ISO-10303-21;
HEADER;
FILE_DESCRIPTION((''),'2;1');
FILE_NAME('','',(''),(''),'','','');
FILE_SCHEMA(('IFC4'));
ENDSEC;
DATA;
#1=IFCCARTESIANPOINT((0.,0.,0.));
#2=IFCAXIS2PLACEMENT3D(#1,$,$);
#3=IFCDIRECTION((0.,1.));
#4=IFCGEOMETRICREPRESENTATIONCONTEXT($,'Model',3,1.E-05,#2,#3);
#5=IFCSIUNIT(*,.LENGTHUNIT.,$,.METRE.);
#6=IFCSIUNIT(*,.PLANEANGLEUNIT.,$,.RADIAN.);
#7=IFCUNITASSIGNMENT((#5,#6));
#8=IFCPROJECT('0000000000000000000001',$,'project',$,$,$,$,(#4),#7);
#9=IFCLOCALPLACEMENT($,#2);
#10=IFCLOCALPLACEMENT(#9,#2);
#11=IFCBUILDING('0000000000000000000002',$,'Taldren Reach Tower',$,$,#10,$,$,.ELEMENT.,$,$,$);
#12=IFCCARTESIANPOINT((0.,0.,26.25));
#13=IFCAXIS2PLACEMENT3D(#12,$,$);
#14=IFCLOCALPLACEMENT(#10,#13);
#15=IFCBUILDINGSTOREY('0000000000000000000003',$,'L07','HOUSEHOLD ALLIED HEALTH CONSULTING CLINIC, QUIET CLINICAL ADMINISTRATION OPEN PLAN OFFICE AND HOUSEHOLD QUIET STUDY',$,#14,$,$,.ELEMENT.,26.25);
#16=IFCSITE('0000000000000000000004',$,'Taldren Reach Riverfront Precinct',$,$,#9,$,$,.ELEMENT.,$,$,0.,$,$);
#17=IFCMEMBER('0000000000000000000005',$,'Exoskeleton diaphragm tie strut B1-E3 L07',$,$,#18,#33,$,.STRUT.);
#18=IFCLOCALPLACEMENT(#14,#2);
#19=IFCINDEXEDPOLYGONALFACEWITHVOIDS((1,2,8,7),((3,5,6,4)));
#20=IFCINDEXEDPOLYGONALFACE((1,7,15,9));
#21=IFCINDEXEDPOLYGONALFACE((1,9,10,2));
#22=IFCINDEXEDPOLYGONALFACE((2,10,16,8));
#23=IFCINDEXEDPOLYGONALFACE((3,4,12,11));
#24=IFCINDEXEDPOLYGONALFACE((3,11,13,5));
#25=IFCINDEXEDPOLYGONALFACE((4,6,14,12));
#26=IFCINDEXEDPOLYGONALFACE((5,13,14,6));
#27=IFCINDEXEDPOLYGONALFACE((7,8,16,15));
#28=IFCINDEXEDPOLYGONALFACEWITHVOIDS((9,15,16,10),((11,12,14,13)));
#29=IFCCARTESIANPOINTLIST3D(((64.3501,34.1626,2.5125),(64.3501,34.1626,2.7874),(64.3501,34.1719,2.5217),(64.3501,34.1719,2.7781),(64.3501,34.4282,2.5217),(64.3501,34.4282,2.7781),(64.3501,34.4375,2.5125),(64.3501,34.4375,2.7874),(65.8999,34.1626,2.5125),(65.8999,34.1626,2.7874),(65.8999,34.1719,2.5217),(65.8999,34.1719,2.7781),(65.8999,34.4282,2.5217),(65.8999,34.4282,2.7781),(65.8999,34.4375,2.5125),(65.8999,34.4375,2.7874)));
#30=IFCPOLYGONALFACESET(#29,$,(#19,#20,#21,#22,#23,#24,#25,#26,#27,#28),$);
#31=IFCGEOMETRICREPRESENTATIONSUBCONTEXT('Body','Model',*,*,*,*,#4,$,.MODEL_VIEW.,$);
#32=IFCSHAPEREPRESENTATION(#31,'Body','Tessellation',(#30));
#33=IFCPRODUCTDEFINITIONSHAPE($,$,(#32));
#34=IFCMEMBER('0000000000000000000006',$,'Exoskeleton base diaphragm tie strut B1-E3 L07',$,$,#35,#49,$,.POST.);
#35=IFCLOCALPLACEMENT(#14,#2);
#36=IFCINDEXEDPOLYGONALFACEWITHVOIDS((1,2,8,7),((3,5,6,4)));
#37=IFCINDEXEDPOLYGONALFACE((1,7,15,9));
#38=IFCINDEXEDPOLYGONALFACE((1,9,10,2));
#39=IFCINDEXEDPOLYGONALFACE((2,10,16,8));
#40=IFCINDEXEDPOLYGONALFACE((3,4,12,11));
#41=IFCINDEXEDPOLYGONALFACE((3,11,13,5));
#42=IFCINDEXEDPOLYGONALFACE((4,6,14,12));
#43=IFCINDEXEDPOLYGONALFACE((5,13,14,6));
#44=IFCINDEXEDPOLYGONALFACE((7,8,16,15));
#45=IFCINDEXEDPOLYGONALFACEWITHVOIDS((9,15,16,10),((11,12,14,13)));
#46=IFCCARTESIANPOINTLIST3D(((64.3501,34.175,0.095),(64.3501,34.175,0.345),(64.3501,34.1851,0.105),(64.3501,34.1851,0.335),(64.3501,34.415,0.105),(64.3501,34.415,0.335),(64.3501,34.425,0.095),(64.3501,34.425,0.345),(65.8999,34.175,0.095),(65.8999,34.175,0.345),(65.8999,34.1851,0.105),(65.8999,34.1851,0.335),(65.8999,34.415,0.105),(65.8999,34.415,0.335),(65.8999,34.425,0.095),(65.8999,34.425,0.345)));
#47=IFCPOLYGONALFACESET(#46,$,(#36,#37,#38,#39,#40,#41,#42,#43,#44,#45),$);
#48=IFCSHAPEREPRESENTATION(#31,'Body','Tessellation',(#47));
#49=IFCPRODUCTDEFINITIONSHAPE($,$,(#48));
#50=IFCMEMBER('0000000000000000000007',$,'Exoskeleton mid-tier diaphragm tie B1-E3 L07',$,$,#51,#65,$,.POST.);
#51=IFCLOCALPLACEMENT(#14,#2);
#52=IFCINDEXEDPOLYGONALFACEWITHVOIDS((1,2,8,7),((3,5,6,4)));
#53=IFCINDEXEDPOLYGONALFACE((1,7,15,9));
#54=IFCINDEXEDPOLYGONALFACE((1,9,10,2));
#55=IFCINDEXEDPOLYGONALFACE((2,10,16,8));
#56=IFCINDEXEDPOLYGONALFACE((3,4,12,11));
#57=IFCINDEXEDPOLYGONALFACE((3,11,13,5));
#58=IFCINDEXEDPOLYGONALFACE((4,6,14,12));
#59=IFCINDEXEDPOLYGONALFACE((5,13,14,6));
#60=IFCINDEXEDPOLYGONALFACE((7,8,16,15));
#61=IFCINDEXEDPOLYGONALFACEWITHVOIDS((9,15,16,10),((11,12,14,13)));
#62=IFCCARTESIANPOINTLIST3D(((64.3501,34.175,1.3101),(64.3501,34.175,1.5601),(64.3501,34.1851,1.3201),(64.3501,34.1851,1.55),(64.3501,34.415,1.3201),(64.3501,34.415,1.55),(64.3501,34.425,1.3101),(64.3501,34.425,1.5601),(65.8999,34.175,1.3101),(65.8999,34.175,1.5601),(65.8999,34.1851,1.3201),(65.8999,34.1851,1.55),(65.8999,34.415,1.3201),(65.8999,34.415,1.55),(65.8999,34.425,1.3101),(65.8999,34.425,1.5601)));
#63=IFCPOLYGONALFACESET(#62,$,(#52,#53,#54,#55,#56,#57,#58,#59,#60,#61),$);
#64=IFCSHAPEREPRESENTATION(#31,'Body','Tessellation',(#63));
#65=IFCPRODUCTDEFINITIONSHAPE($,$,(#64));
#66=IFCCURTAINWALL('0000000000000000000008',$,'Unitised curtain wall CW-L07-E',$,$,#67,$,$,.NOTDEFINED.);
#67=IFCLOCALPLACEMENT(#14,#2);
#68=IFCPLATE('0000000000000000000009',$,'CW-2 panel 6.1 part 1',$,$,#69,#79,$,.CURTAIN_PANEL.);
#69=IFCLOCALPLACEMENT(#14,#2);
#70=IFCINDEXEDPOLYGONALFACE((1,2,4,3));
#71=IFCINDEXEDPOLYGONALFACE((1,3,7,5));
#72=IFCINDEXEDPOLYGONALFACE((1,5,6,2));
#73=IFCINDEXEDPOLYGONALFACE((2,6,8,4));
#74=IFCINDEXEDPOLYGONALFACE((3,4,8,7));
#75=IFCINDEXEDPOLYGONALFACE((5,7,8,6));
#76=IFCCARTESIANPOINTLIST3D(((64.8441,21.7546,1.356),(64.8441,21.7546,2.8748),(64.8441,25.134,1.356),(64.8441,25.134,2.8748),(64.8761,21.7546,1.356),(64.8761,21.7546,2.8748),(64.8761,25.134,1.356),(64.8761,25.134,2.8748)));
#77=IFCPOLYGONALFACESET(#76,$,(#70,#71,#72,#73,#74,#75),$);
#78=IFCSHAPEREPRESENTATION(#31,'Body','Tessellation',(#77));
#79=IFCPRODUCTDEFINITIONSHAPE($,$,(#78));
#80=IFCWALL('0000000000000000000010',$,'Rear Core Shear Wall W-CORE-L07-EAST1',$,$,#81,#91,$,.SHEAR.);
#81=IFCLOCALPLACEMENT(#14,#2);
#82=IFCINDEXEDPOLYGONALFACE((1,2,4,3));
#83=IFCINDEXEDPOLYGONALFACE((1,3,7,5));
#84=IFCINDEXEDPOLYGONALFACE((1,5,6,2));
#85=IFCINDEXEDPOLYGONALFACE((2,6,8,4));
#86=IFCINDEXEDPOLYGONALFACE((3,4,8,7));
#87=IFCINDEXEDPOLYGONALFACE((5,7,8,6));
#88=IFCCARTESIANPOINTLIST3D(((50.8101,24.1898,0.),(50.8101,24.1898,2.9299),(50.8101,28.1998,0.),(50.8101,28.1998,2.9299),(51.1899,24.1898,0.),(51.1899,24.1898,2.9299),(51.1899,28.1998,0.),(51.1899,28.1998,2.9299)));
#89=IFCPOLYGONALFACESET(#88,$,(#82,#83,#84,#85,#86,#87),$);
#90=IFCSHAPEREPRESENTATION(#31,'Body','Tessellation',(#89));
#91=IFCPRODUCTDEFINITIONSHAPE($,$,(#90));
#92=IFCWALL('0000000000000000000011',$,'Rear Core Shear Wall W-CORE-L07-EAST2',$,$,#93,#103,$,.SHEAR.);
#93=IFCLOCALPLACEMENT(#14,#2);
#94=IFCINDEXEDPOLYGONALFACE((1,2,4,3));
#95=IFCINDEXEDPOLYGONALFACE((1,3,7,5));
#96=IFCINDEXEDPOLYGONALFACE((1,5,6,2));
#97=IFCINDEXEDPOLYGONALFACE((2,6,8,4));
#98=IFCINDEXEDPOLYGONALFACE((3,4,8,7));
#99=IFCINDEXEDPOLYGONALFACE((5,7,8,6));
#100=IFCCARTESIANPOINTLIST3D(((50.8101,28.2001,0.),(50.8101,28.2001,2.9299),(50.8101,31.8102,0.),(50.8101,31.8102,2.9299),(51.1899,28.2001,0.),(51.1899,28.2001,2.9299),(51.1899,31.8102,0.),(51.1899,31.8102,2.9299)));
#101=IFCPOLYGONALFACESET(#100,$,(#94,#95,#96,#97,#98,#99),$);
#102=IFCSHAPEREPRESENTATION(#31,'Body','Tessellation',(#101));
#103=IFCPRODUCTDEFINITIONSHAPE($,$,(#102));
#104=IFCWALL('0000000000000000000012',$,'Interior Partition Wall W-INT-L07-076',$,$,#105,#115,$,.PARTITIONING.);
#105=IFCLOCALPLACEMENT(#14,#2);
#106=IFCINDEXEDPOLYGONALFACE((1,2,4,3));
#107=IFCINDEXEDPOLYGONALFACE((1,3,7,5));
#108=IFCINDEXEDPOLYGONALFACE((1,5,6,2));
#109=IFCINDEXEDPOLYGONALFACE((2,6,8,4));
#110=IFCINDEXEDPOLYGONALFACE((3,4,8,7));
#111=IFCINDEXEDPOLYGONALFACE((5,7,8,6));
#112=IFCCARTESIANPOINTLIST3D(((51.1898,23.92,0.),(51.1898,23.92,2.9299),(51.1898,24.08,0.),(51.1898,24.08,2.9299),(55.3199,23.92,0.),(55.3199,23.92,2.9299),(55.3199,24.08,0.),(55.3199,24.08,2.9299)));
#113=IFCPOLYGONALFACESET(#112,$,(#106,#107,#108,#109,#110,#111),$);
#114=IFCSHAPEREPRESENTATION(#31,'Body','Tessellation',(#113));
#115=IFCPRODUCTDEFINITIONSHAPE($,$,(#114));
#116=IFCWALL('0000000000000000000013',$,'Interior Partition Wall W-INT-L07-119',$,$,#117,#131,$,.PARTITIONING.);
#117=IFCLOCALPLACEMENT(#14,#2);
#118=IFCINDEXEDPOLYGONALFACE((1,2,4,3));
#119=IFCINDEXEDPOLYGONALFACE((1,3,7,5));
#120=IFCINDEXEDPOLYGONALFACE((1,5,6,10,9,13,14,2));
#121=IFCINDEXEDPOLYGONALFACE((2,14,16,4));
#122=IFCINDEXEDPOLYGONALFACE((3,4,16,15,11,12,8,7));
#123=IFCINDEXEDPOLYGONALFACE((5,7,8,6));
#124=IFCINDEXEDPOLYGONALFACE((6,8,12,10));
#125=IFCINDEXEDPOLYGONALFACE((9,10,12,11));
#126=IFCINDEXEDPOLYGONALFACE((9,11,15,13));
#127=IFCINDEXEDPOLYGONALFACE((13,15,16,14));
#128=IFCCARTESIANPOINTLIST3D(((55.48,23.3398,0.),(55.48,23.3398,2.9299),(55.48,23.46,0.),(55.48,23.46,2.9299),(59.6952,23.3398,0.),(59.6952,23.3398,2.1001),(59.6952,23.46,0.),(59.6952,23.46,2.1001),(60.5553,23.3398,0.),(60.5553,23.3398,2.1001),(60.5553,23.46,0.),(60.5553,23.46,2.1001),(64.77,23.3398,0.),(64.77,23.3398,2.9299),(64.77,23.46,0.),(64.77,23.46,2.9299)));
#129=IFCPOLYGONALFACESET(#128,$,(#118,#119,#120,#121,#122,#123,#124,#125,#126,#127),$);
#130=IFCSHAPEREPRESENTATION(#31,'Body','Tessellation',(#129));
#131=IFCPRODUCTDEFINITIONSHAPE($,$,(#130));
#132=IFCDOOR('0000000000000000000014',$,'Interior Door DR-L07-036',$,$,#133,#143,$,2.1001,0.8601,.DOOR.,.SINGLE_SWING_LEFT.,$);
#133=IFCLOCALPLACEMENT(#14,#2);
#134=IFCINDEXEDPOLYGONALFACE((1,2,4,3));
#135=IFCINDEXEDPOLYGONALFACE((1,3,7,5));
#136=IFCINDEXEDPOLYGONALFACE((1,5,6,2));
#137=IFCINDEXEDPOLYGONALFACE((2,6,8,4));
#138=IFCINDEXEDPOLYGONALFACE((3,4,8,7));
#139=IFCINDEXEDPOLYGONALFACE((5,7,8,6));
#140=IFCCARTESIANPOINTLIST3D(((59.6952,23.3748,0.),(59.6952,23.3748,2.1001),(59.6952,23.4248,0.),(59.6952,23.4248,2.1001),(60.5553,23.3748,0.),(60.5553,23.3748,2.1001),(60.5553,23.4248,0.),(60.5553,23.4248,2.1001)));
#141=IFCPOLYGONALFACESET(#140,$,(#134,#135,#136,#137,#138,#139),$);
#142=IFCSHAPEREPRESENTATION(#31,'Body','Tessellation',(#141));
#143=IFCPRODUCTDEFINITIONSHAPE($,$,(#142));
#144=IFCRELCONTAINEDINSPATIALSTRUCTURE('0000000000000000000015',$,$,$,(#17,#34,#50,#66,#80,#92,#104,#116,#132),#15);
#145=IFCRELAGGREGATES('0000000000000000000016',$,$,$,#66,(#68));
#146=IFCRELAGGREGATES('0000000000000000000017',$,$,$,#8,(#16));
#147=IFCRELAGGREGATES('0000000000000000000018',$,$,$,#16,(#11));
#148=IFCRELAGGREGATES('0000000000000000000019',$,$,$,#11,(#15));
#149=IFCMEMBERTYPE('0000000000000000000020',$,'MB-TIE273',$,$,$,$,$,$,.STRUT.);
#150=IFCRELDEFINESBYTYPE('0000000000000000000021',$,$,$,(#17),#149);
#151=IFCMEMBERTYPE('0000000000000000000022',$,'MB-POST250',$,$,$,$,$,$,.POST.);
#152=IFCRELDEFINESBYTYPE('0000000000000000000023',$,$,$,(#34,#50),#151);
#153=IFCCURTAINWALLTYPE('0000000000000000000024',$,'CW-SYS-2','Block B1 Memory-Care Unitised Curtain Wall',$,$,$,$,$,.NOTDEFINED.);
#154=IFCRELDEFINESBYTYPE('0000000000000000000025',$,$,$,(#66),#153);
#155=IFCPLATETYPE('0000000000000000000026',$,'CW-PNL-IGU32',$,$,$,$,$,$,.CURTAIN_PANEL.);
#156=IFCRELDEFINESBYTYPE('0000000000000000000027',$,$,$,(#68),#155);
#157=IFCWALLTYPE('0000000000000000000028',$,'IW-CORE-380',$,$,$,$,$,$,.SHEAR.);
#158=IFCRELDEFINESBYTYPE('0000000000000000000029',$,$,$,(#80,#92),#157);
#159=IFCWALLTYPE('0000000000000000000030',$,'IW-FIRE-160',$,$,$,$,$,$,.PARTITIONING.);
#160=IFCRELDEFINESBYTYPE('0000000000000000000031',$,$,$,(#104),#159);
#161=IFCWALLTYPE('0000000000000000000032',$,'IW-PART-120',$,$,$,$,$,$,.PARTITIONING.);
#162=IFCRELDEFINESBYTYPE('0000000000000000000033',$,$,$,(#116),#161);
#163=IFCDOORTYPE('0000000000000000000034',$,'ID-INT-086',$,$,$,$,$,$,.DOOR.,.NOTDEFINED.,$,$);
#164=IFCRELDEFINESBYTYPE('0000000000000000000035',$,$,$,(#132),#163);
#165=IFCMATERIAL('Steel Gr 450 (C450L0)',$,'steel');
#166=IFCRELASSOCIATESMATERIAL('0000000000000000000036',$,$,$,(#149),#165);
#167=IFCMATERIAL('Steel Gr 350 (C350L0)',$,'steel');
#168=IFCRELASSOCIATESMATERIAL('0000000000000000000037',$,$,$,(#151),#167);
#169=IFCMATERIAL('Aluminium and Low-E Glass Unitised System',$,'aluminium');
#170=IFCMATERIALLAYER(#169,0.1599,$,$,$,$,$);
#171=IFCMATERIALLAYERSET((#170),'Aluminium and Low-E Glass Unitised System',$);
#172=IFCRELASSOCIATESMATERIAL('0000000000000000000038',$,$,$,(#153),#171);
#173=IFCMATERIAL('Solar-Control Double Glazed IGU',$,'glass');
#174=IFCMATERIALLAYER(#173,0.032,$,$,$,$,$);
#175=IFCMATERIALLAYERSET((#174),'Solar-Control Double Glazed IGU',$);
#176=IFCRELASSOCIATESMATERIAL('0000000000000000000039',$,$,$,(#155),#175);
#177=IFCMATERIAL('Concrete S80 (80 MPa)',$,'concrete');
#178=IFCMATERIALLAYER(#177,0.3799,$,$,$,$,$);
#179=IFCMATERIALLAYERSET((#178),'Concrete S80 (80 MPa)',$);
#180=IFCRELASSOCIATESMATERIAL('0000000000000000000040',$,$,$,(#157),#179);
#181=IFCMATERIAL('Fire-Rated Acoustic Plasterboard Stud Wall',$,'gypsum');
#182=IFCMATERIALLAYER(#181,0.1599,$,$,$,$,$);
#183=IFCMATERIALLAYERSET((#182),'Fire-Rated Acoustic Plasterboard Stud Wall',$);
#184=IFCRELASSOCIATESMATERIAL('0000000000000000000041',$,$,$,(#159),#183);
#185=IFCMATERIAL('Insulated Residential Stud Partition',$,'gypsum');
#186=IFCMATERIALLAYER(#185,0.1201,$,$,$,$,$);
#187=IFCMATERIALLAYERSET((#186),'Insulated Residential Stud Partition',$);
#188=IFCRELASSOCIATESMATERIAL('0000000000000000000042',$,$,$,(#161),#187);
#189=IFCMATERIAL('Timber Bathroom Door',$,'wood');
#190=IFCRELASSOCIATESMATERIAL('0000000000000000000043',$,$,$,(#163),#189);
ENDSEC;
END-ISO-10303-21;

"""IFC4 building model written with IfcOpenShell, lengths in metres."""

from ifc_helpers import new_model, si_unit, direction, frame, frame_2d, origin, origin_2d, place, context, subcontext, project, spatial, rectangle, hollow_rectangle, extrude, source, transform, mapped, material, layer, layer_set, material_profile, profile_set, type_object, element, fill, aggregate, save


model = new_model("IFC4")

# Units and contexts
model_context = context("Model", 3, precision=1e-05, world=origin(), true_north=direction((0.0, 1.0)))
body_context = subcontext(model_context, "Body", "Model", "MODEL_VIEW")
ifc_project = project(units=[si_unit("LENGTHUNIT", "METRE"), si_unit("PLANEANGLEUNIT", "RADIAN")], contexts=[model_context])

# Site, building, storey
site_placement = place(None, origin())
site = spatial("IfcSite", under=ifc_project, at=site_placement, Name="Taldren Reach Riverfront Precinct", CompositionType="ELEMENT", RefElevation=0.0)
building_placement = place(site_placement, origin())
building = spatial("IfcBuilding", under=site, at=building_placement, Name="Taldren Reach Tower", CompositionType="ELEMENT")
storey_placement = place(building_placement, frame((0.0, 0.0, 26.25)))
storey = spatial("IfcBuildingStorey", under=building, at=storey_placement, Name="L07", Description="HOUSEHOLD ALLIED HEALTH CONSULTING CLINIC, QUIET CLINICAL ADMINISTRATION OPEN PLAN OFFICE AND HOUSEHOLD QUIET STUDY", CompositionType="ELEMENT", Elevation=26.25)

# Members
ifc_material_1 = material(Name="Steel Gr 450 (C450L0)", Category="steel")
ifc_material_profile_1 = material_profile(ifc_material_1, hollow_rectangle(XDim=0.2749, YDim=0.2749, WallThickness=0.0093, at=origin_2d()), Name="275x275x9.3SHS")
ifc_profile_set_1 = profile_set([ifc_material_profile_1], Name="Steel Gr 450 (C450L0)")
member_type_1 = type_object("IfcMemberType", Name="MB-TIE273", PredefinedType="STRUT", material=ifc_profile_set_1)
shared_shape_1 = source(origin(), body_context, "Body", "SweptSolid", [
    extrude(hollow_rectangle(XDim=0.2749, YDim=0.2749, WallThickness=0.0093, at=origin_2d()), origin(), (0.0, 0.0, 1.0), 1.5498),
])
member_placement = place(storey_placement, frame((64.3501, 34.3, 2.6499), z_axis=(1.0, 0.0, 0.0), x_axis=(0.0, 1.0, 0.0)))
element("IfcMember", 1, at=member_placement, inside=storey, type_object=member_type_1, Name="Exoskeleton diaphragm tie strut B1-E3 L07", PredefinedType="STRUT", context=body_context, shape_type="MappedRepresentation", body=[
    mapped(shared_shape_1, transform((0.0, 0.0, 0.0), scale=1.0)),
])
ifc_material_2 = material(Name="Steel Gr 350 (C350L0)", Category="steel")
ifc_material_profile_2 = material_profile(ifc_material_2, hollow_rectangle(XDim=0.25, YDim=0.25, WallThickness=0.01, at=origin_2d()), Name="250x250x10.0SHS")
ifc_profile_set_2 = profile_set([ifc_material_profile_2], Name="Steel Gr 350 (C350L0)")
member_type_2 = type_object("IfcMemberType", Name="MB-POST250", PredefinedType="POST", material=ifc_profile_set_2)
shared_shape_2 = source(origin(), body_context, "Body", "SweptSolid", [
    extrude(hollow_rectangle(XDim=0.25, YDim=0.25, WallThickness=0.01, at=origin_2d()), origin(), (0.0, 0.0, 1.0), 1.5498),
])
for number, where, z_axis, x_axis, name in (
    (2, (64.3501, 34.3, 0.22), (1.0, 0.0, 0.0), (0.0, 1.0, 0.0), "Exoskeleton base diaphragm tie strut B1-E3 L07"),
    (3, (64.3501, 34.3, 1.4351), (1.0, 0.0, 0.0), (0.0, 1.0, 0.0), "Exoskeleton mid-tier diaphragm tie B1-E3 L07"),
):
    element("IfcMember", number, at=place(storey_placement, frame(where, z_axis=z_axis, x_axis=x_axis)), inside=storey, type_object=member_type_2, Name=name, PredefinedType="POST", context=body_context, shape_type="MappedRepresentation", body=[
        mapped(shared_shape_2, transform((0.0, 0.0, 0.0), scale=1.0)),
    ])

# Curtain wall, plate
ifc_material_3 = material(Name="Aluminium and Low-E Glass Unitised System", Category="aluminium")
ifc_layer_1 = layer(ifc_material_3, 0.1599)
ifc_layer_set_1 = layer_set([ifc_layer_1], Name="Aluminium and Low-E Glass Unitised System")
curtain_wall_type = type_object("IfcCurtainWallType", Name="CW-SYS-2", Description="Block B1 Memory-Care Unitised Curtain Wall", PredefinedType="NOTDEFINED", material=ifc_layer_set_1)
curtain_wall_placement = place(storey_placement, origin())
curtain_wall = element("IfcCurtainWall", 4, at=curtain_wall_placement, inside=storey, type_object=curtain_wall_type, Name="Unitised curtain wall CW-L07-E", PredefinedType="NOTDEFINED")
ifc_material_4 = material(Name="Solar-Control Double Glazed IGU", Category="glass")
ifc_layer_2 = layer(ifc_material_4, 0.032)
ifc_layer_set_2 = layer_set([ifc_layer_2], Name="Solar-Control Double Glazed IGU")
plate_type = type_object("IfcPlateType", Name="CW-PNL-IGU32", PredefinedType="CURTAIN_PANEL", material=ifc_layer_set_2)
shared_shape_3 = source(origin(), body_context, "Body", "SweptSolid", [
    extrude(rectangle(XDim=3.3794, YDim=0.032, at=origin_2d()), origin(), (0.0, 0.0, 1.0), 1.5188),
])
plate_placement = place(storey_placement, frame((64.8601, 23.4443, 1.356), z_axis=(0.0, 0.0, 1.0), x_axis=(0.0, 1.0, 0.0)))
plate = element("IfcPlate", 5, at=plate_placement, type_object=plate_type, Name="CW-2 panel 6.1 part 1", PredefinedType="CURTAIN_PANEL", context=body_context, shape_type="MappedRepresentation", body=[
    mapped(shared_shape_3, transform((0.0, 0.0, 0.0), scale=1.0)),
])
aggregate(curtain_wall, [plate])

# Walls
ifc_material_5 = material(Name="Concrete S80 (80 MPa)", Category="concrete")
ifc_layer_3 = layer(ifc_material_5, 0.3799)
ifc_layer_set_3 = layer_set([ifc_layer_3], Name="Concrete S80 (80 MPa)")
wall_type_1 = type_object("IfcWallType", Name="IW-CORE-380", PredefinedType="SHEAR", material=ifc_layer_set_3)
shared_shape_4 = source(origin(), body_context, "Body", "SweptSolid", [
    extrude(rectangle(XDim=4.01, YDim=0.3799, at=frame_2d((2.0049, 0.0))), origin(), (0.0, 0.0, 1.0), 2.9299),
])
wall_1_placement = place(storey_placement, frame((51.0, 24.1899, 0.0), z_axis=(0.0, 0.0, 1.0), x_axis=(0.0, 1.0, 0.0)))
element("IfcWall", 6, at=wall_1_placement, inside=storey, type_object=wall_type_1, Name="Rear Core Shear Wall W-CORE-L07-EAST1", PredefinedType="SHEAR", context=body_context, shape_type="MappedRepresentation", body=[
    mapped(shared_shape_4, transform((0.0, 0.0, 0.0), scale=1.0)),
])
shared_shape_5 = source(origin(), body_context, "Body", "SweptSolid", [
    extrude(rectangle(XDim=3.6101, YDim=0.3799, at=frame_2d((1.8052, 0.0))), origin(), (0.0, 0.0, 1.0), 2.9299),
])
wall_2_placement = place(storey_placement, frame((51.0, 28.2, 0.0), z_axis=(0.0, 0.0, 1.0), x_axis=(0.0, 1.0, 0.0)))
element("IfcWall", 7, at=wall_2_placement, inside=storey, type_object=wall_type_1, Name="Rear Core Shear Wall W-CORE-L07-EAST2", PredefinedType="SHEAR", context=body_context, shape_type="MappedRepresentation", body=[
    mapped(shared_shape_5, transform((0.0, 0.0, 0.0), scale=1.0)),
])
ifc_material_6 = material(Name="Fire-Rated Acoustic Plasterboard Stud Wall", Category="gypsum")
ifc_layer_4 = layer(ifc_material_6, 0.1599)
ifc_layer_set_4 = layer_set([ifc_layer_4], Name="Fire-Rated Acoustic Plasterboard Stud Wall")
wall_type_2 = type_object("IfcWallType", Name="IW-FIRE-160", PredefinedType="PARTITIONING", material=ifc_layer_set_4)
shared_shape_6 = source(origin(), body_context, "Body", "SweptSolid", [
    extrude(rectangle(XDim=4.1301, YDim=0.1599, at=frame_2d((2.0649, 0.0))), origin(), (0.0, 0.0, 1.0), 2.9299),
])
wall_3_placement = place(storey_placement, frame((51.1899, 24.0, 0.0), z_axis=(0.0, 0.0, 1.0), x_axis=(1.0, 0.0, 0.0)))
element("IfcWall", 8, at=wall_3_placement, inside=storey, type_object=wall_type_2, Name="Interior Partition Wall W-INT-L07-076", PredefinedType="PARTITIONING", context=body_context, shape_type="MappedRepresentation", body=[
    mapped(shared_shape_6, transform((0.0, 0.0, 0.0), scale=1.0)),
])

# Wall, opening, door
ifc_material_7 = material(Name="Insulated Residential Stud Partition", Category="gypsum")
ifc_layer_5 = layer(ifc_material_7, 0.1201)
ifc_layer_set_5 = layer_set([ifc_layer_5], Name="Insulated Residential Stud Partition")
wall_type_3 = type_object("IfcWallType", Name="IW-PART-120", PredefinedType="PARTITIONING", material=ifc_layer_set_5)
shared_shape_7 = source(origin(), body_context, "Body", "SweptSolid", [
    extrude(rectangle(XDim=9.29, YDim=0.1201, at=frame_2d((4.645, 0.0))), origin(), (0.0, 0.0, 1.0), 2.9299),
])
wall_4_placement = place(storey_placement, frame((55.48, 23.3999, 0.0), z_axis=(0.0, 0.0, 1.0), x_axis=(1.0, 0.0, 0.0)))
wall_4 = element("IfcWall", 9, at=wall_4_placement, inside=storey, type_object=wall_type_3, Name="Interior Partition Wall W-INT-L07-119", PredefinedType="PARTITIONING", context=body_context, shape_type="MappedRepresentation", body=[
    mapped(shared_shape_7, transform((0.0, 0.0, 0.0), scale=1.0)),
])
shared_shape_8 = source(origin(), body_context, "Body", "SweptSolid", [
    extrude(rectangle(XDim=0.8601, YDim=2.1001, at=frame_2d((0.4302, 1.05))), frame((0.0, 0.0701, 0.0), z_axis=(0.0, -1.0, 0.0), x_axis=(1.0, 0.0, 0.0)), (0.0, 0.0, 1.0), 0.1401),
])
opening_1_placement = place(wall_4_placement, frame((4.2151, 0.0, 0.0)))
opening_1 = element("IfcOpeningElement", 10, at=opening_1_placement, cuts=wall_4, PredefinedType="OPENING", context=body_context, shape_type="MappedRepresentation", body=[
    mapped(shared_shape_8, transform((0.0, 0.0, 0.0), scale=1.0)),
])
ifc_material_8 = material(Name="Timber Bathroom Door", Category="wood")
door_type = type_object("IfcDoorType", Name="ID-INT-086", OperationType="NOTDEFINED", PredefinedType="DOOR", material=ifc_material_8)
shared_shape_9 = source(origin(), body_context, "Body", "SweptSolid", [
    extrude(rectangle(XDim=0.8601, YDim=2.1001, at=frame_2d((0.4302, 1.05))), frame((0.0, 0.0249, 0.0), z_axis=(0.0, -1.0, 0.0), x_axis=(1.0, 0.0, 0.0)), (0.0, 0.0, 1.0), 0.05),
])
door_1_placement = place(opening_1_placement, origin())
door_1 = element("IfcDoor", 11, at=door_1_placement, inside=storey, type_object=door_type, Name="Interior Door DR-L07-036", OperationType="SINGLE_SWING_LEFT", OverallHeight=2.1001, OverallWidth=0.8601, PredefinedType="DOOR", context=body_context, shape_type="MappedRepresentation", body=[
    mapped(shared_shape_9, transform((0.0, 0.0, 0.0), scale=1.0)),
])
fill(opening_1, door_1)

save(model, "model.ifc")
